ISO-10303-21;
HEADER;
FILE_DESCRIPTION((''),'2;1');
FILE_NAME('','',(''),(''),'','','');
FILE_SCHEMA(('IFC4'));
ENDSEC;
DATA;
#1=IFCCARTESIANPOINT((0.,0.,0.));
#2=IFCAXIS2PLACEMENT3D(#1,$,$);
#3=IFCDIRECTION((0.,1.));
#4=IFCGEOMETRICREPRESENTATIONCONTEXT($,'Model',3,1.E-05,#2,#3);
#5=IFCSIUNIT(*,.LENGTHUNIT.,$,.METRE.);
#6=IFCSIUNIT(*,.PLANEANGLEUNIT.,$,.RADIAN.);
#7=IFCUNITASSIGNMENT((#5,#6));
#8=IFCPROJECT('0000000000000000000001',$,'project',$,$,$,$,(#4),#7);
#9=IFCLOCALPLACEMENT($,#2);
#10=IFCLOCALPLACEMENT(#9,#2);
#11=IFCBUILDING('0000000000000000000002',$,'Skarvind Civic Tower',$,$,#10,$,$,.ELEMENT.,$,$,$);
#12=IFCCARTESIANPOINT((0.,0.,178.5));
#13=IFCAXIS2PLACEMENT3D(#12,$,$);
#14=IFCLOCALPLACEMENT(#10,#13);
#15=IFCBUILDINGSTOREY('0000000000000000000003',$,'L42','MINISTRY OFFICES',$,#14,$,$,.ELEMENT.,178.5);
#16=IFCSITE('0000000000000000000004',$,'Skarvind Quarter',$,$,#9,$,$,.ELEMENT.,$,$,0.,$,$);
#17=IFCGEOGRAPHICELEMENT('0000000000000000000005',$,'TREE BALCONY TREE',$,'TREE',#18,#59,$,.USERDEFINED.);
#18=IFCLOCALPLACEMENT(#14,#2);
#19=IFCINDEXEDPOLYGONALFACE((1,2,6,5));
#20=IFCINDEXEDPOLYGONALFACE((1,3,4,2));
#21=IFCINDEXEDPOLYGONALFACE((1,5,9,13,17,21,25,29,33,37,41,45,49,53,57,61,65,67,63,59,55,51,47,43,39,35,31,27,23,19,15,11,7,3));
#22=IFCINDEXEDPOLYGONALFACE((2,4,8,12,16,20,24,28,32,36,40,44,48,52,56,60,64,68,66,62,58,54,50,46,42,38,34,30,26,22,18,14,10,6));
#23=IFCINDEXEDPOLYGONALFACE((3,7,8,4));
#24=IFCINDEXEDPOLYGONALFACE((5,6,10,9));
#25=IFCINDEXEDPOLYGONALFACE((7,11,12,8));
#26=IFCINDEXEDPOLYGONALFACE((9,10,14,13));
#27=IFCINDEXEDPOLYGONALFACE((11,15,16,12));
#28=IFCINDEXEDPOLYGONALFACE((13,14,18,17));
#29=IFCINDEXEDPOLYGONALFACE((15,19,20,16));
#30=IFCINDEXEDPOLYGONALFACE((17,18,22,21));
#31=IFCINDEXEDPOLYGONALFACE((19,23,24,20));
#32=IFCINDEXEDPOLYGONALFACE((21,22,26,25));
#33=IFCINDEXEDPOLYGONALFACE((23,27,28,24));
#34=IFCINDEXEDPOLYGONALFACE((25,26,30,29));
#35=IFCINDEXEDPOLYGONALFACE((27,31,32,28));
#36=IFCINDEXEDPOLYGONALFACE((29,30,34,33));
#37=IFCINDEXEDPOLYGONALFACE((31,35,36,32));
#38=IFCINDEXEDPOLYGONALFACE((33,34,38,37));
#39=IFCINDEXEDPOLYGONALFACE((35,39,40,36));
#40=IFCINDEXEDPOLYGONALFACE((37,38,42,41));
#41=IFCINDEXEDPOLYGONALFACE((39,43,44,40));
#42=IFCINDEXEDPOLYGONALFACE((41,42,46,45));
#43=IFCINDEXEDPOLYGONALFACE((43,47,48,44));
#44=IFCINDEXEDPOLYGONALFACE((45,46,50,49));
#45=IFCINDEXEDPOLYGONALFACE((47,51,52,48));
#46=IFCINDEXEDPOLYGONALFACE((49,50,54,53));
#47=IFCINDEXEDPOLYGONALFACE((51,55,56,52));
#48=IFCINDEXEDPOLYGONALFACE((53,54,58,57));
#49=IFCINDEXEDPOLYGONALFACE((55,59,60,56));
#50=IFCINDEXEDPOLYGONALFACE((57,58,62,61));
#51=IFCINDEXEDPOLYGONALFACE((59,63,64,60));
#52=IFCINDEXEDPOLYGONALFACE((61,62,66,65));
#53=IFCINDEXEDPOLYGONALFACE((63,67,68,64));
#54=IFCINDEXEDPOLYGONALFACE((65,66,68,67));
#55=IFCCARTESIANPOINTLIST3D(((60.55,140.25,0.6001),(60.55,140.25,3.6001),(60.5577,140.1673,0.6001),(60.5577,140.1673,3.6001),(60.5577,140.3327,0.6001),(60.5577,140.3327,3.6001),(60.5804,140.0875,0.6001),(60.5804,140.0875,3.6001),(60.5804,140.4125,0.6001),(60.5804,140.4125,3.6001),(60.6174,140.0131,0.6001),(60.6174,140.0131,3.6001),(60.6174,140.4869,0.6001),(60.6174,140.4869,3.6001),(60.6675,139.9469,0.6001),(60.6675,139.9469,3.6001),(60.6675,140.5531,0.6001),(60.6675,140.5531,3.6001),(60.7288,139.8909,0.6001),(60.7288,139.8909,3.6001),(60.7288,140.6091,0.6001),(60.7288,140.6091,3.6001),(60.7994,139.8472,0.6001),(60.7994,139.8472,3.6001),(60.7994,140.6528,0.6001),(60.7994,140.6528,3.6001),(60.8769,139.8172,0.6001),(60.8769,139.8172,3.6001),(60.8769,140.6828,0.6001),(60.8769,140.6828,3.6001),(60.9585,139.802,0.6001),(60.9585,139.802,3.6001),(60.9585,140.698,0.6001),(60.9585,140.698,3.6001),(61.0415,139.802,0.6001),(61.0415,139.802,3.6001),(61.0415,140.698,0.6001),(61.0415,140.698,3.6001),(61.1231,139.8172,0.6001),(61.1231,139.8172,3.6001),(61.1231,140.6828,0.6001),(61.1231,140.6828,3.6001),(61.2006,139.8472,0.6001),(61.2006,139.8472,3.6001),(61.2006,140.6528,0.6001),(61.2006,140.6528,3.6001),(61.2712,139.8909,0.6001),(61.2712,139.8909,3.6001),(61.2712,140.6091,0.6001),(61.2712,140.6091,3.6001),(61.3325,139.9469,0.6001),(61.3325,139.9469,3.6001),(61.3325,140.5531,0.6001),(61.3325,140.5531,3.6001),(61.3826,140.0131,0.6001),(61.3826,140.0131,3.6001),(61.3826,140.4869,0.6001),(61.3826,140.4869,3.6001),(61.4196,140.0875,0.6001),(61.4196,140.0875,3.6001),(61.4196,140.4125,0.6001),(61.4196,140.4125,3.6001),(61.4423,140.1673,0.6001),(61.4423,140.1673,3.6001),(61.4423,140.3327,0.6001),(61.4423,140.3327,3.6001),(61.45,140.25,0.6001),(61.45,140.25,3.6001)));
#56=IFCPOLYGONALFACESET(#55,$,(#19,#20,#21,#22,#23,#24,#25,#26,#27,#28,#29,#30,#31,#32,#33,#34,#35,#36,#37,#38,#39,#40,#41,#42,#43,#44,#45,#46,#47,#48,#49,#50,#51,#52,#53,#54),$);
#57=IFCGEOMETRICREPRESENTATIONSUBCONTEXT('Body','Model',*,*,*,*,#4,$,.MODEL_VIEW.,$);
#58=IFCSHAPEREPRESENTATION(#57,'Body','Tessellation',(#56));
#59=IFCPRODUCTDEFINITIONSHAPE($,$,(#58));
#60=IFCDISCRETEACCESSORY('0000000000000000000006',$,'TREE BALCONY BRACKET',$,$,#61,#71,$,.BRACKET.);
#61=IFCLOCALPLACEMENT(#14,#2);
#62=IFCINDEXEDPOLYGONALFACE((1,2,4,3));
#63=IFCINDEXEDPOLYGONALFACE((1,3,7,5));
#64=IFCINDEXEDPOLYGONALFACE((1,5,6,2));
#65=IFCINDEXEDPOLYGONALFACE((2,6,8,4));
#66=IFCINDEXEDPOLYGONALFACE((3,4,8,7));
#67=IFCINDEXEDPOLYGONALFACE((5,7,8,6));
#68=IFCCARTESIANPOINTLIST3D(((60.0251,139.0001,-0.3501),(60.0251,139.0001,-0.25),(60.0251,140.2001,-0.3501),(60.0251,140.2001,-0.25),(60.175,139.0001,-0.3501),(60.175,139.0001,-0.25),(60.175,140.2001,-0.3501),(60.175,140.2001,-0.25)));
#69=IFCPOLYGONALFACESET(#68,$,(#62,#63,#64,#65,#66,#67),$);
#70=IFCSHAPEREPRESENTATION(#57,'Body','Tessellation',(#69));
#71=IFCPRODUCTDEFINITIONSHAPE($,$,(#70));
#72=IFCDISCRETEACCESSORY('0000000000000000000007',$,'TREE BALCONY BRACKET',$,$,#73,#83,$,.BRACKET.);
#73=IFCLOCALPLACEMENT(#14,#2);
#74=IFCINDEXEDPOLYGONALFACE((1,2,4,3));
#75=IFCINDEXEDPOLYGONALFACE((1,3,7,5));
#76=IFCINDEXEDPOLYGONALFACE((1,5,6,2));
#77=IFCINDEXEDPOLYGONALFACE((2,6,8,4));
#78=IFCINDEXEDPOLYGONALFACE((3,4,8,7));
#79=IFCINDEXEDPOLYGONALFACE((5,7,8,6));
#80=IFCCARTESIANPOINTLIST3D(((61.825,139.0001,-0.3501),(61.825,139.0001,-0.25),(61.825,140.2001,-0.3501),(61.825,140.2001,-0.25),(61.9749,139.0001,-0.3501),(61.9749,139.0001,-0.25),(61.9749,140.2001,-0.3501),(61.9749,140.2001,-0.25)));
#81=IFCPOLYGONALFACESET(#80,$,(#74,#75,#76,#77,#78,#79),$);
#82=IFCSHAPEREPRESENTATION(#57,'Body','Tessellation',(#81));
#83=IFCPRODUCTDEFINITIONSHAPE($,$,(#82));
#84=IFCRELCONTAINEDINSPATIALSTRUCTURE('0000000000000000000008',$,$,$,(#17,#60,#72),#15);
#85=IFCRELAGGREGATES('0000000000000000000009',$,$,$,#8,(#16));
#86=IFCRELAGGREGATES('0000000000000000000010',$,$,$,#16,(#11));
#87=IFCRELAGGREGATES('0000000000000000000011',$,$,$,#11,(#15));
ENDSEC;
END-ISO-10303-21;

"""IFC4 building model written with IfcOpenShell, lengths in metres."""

from ifc_helpers import new_model, si_unit, direction, frame, origin, origin_2d, place, context, subcontext, project, spatial, rectangle, circle, extrude, element, save


model = new_model("IFC4")

# Units and contexts
model_context = context("Model", 3, precision=1e-05, world=origin(), true_north=direction((0.0, 1.0)))
body_context = subcontext(model_context, "Body", "Model", "MODEL_VIEW")
ifc_project = project(units=[si_unit("LENGTHUNIT", "METRE"), si_unit("PLANEANGLEUNIT", "RADIAN")], contexts=[model_context])

# Site, building, storey
site_placement = place(None, origin())
site = spatial("IfcSite", under=ifc_project, at=site_placement, Name="Skarvind Quarter", CompositionType="ELEMENT", RefElevation=0.0)
building_placement = place(site_placement, origin())
building = spatial("IfcBuilding", under=site, at=building_placement, Name="Skarvind Civic Tower", CompositionType="ELEMENT")
storey_placement = place(building_placement, frame((0.0, 0.0, 178.5)))
storey = spatial("IfcBuildingStorey", under=building, at=storey_placement, Name="L42", Description="MINISTRY OFFICES", CompositionType="ELEMENT", Elevation=178.5)

# Geographic element
geographic_element_placement = place(storey_placement, frame((61.0, 140.25, 0.6001), z_axis=(0.0, 0.0, 1.0), x_axis=(1.0, 0.0, 0.0)))
element("IfcGeographicElement", 1, at=geographic_element_placement, inside=storey, Name="TREE BALCONY TREE", ObjectType="TREE", PredefinedType="USERDEFINED", context=body_context, shape_type="SweptSolid", body=[
    extrude(circle(Radius=0.45, at=origin_2d()), origin(), (0.0, 0.0, 1.0), 3.0),
])

# Discrete accessories
for number, where, z_axis, x_axis, name in (
    (2, (60.1001, 139.6001, -0.3501), (0.0, 0.0, 1.0), (1.0, 0.0, 0.0), "TREE BALCONY BRACKET"),
    (3, (61.8999, 139.6001, -0.3501), (0.0, 0.0, 1.0), (1.0, 0.0, 0.0), "TREE BALCONY BRACKET"),
):
    element("IfcDiscreteAccessory", number, at=place(storey_placement, frame(where, z_axis=z_axis, x_axis=x_axis)), inside=storey, Name=name, PredefinedType="BRACKET", context=body_context, shape_type="SweptSolid", body=[
        extrude(rectangle(XDim=0.1499, YDim=1.2, at=origin_2d()), origin(), (0.0, 0.0, 1.0), 0.1001),
    ])

save(model, "model.ifc")
